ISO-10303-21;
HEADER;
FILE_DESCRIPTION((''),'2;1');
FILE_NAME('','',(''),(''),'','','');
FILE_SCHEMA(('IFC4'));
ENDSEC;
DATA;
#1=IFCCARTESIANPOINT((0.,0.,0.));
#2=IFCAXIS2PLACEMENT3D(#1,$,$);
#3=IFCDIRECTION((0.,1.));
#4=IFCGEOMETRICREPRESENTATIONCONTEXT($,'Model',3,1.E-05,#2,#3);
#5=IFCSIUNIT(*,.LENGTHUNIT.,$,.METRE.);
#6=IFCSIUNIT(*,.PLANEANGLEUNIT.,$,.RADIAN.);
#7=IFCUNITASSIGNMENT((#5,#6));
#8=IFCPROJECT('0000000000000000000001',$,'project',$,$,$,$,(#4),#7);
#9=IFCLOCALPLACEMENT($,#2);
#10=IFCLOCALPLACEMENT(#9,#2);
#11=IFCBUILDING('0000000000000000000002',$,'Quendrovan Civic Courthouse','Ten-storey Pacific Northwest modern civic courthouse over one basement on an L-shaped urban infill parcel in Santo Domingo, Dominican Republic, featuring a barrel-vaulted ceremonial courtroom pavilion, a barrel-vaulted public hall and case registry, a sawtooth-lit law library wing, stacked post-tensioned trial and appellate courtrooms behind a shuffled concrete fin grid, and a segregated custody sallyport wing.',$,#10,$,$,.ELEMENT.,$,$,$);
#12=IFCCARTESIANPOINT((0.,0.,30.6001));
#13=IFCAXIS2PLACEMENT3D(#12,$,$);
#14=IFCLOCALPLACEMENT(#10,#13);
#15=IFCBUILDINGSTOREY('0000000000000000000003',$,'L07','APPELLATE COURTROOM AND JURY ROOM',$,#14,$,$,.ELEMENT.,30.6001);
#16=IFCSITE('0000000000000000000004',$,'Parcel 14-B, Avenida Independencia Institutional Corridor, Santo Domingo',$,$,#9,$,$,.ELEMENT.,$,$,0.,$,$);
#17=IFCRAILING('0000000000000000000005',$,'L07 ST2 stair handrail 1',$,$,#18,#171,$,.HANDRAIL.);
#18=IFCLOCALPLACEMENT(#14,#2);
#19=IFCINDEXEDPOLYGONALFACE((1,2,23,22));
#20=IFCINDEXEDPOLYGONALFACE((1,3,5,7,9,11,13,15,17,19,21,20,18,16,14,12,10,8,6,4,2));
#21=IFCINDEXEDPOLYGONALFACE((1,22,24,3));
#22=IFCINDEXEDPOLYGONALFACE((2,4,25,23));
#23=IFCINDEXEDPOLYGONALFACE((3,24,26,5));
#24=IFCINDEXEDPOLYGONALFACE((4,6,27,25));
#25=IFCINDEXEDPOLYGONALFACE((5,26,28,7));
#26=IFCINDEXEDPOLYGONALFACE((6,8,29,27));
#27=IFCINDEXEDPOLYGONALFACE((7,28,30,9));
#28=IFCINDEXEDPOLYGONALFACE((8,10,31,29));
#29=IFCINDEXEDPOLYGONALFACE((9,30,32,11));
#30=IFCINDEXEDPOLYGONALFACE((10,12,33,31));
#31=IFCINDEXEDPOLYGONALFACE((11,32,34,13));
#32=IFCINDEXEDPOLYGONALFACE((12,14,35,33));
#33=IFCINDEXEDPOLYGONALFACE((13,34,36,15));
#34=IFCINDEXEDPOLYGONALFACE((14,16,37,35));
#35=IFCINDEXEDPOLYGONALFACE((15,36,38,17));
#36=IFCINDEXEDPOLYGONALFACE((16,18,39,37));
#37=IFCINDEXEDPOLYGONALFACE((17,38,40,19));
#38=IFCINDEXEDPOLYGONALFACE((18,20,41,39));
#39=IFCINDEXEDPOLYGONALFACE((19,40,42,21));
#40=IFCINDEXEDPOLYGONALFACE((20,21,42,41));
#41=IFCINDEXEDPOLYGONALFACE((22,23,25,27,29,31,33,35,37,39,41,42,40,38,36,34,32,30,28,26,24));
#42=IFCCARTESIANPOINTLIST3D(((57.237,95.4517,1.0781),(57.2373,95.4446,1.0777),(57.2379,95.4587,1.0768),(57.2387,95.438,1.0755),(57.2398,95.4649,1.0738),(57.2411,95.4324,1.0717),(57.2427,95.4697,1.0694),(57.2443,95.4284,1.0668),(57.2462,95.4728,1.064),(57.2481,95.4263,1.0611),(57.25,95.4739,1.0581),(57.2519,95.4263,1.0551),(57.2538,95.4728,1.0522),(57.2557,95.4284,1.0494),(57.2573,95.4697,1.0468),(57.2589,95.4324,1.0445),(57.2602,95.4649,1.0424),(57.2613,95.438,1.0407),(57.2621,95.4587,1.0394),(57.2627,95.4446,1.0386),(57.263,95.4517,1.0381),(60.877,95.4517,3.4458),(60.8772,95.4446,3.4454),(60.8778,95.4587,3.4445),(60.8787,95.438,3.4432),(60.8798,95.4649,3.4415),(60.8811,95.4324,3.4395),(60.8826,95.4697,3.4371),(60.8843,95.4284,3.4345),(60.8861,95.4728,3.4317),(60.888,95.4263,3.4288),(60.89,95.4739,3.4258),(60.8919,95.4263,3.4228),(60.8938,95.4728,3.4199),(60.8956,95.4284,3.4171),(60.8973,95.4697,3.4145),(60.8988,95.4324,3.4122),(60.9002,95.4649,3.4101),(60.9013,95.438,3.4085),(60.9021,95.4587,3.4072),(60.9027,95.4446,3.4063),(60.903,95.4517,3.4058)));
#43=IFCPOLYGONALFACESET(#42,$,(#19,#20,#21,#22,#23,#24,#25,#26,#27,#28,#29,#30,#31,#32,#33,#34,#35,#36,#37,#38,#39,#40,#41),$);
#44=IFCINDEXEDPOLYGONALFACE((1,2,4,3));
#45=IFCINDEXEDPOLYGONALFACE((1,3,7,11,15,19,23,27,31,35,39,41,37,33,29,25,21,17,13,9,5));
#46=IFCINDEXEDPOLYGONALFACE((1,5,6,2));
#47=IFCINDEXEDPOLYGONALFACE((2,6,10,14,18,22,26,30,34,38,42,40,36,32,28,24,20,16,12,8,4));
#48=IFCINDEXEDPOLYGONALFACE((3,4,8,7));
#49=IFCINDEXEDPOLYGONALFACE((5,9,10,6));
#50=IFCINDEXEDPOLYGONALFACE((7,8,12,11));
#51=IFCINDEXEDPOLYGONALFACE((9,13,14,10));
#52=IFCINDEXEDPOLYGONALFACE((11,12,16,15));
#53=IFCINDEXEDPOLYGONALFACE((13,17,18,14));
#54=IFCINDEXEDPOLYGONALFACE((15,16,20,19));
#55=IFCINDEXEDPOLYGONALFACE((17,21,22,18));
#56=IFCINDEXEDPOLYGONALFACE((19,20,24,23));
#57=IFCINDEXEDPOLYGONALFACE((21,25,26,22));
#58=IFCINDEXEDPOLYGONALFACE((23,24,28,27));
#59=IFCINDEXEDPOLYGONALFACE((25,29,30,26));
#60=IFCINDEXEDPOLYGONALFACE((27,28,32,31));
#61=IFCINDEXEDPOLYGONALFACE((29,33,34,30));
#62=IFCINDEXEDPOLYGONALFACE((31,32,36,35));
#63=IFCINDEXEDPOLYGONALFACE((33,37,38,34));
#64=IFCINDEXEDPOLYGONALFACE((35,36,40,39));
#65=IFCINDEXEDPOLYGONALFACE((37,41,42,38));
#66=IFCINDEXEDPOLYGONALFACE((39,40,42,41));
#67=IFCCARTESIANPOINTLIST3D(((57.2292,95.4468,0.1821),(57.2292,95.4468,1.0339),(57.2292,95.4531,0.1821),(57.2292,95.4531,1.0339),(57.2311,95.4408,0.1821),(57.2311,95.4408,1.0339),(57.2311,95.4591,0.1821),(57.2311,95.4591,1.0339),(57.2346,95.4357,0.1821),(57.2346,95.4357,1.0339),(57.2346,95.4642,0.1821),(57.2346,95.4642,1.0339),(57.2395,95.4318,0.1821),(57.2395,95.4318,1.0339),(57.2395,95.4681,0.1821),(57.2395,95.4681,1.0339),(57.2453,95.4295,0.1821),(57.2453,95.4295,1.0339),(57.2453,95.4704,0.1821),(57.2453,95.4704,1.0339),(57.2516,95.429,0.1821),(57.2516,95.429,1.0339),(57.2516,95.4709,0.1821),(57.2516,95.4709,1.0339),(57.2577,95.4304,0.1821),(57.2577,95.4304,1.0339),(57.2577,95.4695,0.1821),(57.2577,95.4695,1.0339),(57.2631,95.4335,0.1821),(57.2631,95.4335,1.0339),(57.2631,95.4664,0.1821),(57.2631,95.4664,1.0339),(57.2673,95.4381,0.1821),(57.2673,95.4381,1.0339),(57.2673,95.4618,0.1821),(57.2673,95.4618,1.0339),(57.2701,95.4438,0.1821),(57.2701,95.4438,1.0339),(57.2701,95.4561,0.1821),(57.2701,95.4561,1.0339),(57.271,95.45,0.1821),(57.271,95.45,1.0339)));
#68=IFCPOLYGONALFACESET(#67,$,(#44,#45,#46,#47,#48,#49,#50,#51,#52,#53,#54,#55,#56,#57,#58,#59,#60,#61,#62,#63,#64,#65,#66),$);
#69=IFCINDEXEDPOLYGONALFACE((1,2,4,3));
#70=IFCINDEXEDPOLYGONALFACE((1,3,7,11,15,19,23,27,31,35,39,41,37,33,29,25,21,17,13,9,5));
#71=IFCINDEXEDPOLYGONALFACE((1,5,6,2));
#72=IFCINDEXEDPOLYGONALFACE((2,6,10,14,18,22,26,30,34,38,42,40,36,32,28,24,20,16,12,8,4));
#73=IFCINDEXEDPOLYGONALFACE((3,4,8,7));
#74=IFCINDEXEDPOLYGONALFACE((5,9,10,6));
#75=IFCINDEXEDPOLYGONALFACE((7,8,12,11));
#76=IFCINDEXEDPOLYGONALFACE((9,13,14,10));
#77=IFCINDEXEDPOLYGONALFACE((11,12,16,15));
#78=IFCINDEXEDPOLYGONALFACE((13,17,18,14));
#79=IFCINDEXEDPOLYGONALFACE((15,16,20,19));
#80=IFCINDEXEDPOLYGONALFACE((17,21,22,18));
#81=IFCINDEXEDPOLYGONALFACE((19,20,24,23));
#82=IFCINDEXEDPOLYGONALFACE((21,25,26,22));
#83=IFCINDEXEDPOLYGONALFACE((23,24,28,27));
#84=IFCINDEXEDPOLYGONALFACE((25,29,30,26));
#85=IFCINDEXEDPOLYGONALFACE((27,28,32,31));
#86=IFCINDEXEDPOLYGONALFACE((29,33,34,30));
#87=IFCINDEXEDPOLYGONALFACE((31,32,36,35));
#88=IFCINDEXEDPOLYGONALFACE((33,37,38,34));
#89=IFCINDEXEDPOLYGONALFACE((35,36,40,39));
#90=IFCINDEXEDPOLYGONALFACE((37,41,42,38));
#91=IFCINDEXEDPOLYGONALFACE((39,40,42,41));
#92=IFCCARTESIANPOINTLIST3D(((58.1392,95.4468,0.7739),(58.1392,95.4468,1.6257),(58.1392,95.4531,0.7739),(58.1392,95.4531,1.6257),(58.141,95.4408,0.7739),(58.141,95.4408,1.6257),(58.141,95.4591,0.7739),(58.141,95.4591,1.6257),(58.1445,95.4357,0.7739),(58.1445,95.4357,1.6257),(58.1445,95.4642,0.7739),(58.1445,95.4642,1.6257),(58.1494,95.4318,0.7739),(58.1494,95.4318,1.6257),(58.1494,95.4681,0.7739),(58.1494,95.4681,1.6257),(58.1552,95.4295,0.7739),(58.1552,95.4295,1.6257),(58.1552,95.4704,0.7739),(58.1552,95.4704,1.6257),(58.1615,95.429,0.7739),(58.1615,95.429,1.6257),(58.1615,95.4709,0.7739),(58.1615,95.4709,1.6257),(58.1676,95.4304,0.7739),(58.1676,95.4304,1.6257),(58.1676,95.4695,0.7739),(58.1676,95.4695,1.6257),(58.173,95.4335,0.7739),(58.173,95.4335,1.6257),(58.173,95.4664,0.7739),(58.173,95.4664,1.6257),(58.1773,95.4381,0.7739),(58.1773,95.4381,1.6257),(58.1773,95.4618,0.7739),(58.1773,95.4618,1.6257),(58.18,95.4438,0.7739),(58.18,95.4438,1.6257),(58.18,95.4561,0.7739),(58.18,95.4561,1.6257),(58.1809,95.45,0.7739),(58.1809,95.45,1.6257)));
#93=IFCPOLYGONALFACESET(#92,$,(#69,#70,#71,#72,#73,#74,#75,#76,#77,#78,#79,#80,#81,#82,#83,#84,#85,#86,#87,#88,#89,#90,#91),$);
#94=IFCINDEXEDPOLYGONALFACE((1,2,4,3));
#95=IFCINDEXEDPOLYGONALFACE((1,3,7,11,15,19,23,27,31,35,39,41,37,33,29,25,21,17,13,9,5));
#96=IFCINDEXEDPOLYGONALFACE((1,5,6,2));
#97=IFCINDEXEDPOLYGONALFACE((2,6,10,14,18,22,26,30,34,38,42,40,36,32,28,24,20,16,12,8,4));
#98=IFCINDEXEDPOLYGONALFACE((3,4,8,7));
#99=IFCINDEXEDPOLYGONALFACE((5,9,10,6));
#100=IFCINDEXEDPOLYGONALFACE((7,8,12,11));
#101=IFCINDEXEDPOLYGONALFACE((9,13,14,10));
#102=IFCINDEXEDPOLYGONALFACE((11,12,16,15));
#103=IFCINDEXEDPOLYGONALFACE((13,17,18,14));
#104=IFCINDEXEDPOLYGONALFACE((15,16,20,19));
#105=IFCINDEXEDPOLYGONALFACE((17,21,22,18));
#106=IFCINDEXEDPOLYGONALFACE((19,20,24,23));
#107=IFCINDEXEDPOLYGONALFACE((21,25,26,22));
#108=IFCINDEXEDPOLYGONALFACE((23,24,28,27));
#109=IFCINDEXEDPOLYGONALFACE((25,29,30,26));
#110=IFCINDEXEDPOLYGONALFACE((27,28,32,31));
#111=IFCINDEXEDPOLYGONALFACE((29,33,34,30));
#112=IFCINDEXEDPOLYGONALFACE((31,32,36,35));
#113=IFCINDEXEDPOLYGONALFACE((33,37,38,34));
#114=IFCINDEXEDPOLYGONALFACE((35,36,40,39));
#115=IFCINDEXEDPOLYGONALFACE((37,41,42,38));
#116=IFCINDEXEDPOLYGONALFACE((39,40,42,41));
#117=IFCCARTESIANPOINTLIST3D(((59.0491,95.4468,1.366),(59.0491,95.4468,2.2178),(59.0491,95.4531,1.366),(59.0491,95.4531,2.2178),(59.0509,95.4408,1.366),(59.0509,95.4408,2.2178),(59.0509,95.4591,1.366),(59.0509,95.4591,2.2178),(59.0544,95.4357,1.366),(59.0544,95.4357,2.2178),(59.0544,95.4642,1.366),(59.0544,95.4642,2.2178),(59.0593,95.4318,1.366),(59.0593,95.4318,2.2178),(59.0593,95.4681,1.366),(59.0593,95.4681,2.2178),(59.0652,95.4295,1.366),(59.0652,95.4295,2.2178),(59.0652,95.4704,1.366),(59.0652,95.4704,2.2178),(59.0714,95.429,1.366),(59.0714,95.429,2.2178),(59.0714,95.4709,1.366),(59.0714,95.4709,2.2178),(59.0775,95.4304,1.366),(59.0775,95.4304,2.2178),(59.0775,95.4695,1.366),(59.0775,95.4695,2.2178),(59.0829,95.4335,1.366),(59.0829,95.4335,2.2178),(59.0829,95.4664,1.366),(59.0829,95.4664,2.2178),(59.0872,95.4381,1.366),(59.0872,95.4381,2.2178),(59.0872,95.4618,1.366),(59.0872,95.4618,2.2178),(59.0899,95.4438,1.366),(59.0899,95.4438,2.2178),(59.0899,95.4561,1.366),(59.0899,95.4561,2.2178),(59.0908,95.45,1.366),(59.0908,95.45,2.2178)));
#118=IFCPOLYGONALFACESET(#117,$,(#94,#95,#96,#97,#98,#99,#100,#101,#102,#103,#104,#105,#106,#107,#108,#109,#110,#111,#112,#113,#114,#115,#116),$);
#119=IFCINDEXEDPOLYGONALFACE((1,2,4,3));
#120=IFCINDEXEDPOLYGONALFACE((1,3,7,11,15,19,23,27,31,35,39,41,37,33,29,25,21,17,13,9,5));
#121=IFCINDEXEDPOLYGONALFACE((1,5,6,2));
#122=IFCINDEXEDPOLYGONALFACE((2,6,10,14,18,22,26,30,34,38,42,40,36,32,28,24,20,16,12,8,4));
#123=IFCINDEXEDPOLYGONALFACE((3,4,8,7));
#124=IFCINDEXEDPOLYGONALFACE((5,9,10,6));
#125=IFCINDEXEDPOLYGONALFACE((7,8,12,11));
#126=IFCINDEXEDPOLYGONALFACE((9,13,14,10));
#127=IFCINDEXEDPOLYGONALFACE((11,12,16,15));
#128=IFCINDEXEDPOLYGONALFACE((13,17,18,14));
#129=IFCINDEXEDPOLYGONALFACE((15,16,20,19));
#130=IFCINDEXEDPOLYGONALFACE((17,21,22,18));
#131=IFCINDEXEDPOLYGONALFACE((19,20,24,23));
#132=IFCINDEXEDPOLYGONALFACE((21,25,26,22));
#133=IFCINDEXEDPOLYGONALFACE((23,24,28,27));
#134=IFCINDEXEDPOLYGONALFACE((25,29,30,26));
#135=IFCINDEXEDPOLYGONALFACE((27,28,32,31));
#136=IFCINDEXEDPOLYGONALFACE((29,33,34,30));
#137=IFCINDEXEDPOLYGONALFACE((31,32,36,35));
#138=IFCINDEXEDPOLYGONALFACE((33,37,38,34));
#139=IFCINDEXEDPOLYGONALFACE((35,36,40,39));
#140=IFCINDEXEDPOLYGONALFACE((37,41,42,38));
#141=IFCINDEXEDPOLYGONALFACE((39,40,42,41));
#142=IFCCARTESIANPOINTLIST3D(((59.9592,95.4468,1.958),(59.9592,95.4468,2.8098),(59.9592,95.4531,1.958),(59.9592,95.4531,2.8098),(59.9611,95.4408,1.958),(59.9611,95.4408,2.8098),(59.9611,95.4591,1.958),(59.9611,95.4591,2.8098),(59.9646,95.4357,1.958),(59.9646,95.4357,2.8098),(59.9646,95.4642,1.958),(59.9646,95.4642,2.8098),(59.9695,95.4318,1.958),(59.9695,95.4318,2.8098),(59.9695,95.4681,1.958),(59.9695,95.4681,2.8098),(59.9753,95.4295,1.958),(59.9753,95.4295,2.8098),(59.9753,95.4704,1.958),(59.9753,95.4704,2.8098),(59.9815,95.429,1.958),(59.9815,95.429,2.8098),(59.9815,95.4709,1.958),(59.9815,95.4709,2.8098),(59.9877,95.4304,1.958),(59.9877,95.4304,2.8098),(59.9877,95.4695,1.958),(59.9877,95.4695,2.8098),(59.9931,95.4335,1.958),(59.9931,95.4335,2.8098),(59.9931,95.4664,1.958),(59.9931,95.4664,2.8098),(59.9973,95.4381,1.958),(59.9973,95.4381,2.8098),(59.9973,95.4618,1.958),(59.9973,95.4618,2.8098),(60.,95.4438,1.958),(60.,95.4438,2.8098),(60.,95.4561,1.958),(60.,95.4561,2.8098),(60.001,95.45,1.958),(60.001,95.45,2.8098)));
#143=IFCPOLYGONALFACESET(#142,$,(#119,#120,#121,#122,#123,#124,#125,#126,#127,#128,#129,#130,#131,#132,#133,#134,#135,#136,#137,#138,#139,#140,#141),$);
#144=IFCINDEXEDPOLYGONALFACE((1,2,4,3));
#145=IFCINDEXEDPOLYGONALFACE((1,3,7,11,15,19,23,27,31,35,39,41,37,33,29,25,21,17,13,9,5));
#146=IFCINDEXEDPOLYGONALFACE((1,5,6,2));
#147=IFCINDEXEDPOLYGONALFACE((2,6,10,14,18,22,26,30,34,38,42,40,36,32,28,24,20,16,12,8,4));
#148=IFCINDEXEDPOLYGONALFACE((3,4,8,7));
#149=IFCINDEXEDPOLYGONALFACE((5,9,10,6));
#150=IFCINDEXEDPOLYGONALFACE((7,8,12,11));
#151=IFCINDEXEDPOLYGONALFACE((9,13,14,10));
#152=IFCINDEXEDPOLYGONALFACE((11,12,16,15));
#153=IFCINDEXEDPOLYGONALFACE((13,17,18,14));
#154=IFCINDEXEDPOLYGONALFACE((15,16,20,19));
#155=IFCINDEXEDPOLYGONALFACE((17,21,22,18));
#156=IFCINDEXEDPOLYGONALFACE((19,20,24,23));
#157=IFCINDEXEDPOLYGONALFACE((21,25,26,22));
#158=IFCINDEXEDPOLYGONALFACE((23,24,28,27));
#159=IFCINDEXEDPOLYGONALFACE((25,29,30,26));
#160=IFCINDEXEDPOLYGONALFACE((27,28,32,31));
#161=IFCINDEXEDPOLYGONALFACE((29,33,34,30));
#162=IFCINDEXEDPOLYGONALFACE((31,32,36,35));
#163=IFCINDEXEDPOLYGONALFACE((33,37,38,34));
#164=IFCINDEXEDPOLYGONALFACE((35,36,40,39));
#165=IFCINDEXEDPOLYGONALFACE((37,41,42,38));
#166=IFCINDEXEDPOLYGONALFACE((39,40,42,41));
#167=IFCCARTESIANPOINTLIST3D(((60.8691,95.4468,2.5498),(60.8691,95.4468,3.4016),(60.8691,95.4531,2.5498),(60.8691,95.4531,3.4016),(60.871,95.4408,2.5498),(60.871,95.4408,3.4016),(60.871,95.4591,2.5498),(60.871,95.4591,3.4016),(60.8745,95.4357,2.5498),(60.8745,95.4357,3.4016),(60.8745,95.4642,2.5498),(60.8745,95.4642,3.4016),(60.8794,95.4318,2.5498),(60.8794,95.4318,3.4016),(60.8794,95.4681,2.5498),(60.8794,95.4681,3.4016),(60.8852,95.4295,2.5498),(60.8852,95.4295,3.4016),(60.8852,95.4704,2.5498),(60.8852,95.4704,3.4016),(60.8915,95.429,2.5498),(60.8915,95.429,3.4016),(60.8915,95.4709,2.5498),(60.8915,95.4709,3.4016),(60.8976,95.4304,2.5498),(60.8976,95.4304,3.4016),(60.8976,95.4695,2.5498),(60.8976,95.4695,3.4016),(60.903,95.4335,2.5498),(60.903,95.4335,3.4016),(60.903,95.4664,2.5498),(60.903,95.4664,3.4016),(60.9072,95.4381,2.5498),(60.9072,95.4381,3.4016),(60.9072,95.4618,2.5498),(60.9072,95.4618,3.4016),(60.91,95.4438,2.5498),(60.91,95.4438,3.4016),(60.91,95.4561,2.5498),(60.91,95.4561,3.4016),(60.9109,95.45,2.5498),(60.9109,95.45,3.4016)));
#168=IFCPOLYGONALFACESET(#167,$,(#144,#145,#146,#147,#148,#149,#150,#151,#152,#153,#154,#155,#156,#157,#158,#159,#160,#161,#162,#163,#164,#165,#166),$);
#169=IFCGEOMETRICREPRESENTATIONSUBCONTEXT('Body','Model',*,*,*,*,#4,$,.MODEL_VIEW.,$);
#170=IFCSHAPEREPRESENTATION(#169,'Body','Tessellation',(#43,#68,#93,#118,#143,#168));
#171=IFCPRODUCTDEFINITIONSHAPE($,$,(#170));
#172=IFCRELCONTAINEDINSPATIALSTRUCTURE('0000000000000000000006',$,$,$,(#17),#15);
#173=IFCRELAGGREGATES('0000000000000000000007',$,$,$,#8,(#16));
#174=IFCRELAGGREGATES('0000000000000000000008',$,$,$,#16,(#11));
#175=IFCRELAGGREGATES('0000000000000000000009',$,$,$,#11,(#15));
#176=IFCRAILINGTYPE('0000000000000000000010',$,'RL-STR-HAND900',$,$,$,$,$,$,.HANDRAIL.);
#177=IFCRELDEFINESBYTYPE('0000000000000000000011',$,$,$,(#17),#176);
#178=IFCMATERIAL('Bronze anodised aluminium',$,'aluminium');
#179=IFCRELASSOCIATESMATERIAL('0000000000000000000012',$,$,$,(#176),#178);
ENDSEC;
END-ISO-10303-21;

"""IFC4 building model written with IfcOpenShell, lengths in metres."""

from ifc_helpers import new_model, si_unit, direction, frame, origin, origin_2d, place, context, subcontext, project, spatial, circle, extrude, material, type_object, element, save


model = new_model("IFC4")

# Units and contexts
model_context = context("Model", 3, precision=1e-05, world=origin(), true_north=direction((0.0, 1.0)))
body_context = subcontext(model_context, "Body", "Model", "MODEL_VIEW")
ifc_project = project(units=[si_unit("LENGTHUNIT", "METRE"), si_unit("PLANEANGLEUNIT", "RADIAN")], contexts=[model_context])

# Site, building, storey
site_placement = place(None, origin())
site = spatial("IfcSite", under=ifc_project, at=site_placement, Name="Parcel 14-B, Avenida Independencia Institutional Corridor, Santo Domingo", CompositionType="ELEMENT", RefElevation=0.0)
building_placement = place(site_placement, origin())
building = spatial("IfcBuilding", under=site, at=building_placement, Name="Quendrovan Civic Courthouse", Description="Ten-storey Pacific Northwest modern civic courthouse over one basement on an L-shaped urban infill parcel in Santo Domingo, Dominican Republic, featuring a barrel-vaulted ceremonial courtroom pavilion, a barrel-vaulted public hall and case registry, a sawtooth-lit law library wing, stacked post-tensioned trial and appellate courtrooms behind a shuffled concrete fin grid, and a segregated custody sallyport wing.", CompositionType="ELEMENT")
storey_placement = place(building_placement, frame((0.0, 0.0, 30.6001)))
storey = spatial("IfcBuildingStorey", under=building, at=storey_placement, Name="L07", Description="APPELLATE COURTROOM AND JURY ROOM", CompositionType="ELEMENT", Elevation=30.6001)

# Railing
ifc_material_1 = material(Name="Bronze anodised aluminium", Category="aluminium")
railing_type = type_object("IfcRailingType", Name="RL-STR-HAND900", PredefinedType="HANDRAIL", material=ifc_material_1)
railing_placement = place(storey_placement, frame((57.25, 95.45, 0.1821)))
element("IfcRailing", 1, at=railing_placement, inside=storey, type_object=railing_type, Name="L07 ST2 stair handrail 1", PredefinedType="HANDRAIL", context=body_context, shape_type="SweptSolid", body=[
    extrude(circle(Radius=0.0239, at=origin_2d()), frame((0.0, 0.0, 0.876), z_axis=(0.83826, 0.0, 0.545271), x_axis=(0.0, 1.0, 0.0)), (0.0, 0.0, 1.0), 4.3423),
    extrude(circle(Radius=0.021, at=origin_2d()), origin(), (0.0, 0.0, 1.0), 0.8518),
    extrude(circle(Radius=0.021, at=origin_2d()), frame((0.9099, 0.0, 0.5918)), (0.0, 0.0, 1.0), 0.8518),
    extrude(circle(Radius=0.021, at=origin_2d()), frame((1.8198, 0.0, 1.1838)), (0.0, 0.0, 1.0), 0.8518),
    extrude(circle(Radius=0.021, at=origin_2d()), frame((2.73, 0.0, 1.7759)), (0.0, 0.0, 1.0), 0.8518),
    extrude(circle(Radius=0.021, at=origin_2d()), frame((3.6399, 0.0, 2.3677)), (0.0, 0.0, 1.0), 0.8518),
])

save(model, "model.ifc")
